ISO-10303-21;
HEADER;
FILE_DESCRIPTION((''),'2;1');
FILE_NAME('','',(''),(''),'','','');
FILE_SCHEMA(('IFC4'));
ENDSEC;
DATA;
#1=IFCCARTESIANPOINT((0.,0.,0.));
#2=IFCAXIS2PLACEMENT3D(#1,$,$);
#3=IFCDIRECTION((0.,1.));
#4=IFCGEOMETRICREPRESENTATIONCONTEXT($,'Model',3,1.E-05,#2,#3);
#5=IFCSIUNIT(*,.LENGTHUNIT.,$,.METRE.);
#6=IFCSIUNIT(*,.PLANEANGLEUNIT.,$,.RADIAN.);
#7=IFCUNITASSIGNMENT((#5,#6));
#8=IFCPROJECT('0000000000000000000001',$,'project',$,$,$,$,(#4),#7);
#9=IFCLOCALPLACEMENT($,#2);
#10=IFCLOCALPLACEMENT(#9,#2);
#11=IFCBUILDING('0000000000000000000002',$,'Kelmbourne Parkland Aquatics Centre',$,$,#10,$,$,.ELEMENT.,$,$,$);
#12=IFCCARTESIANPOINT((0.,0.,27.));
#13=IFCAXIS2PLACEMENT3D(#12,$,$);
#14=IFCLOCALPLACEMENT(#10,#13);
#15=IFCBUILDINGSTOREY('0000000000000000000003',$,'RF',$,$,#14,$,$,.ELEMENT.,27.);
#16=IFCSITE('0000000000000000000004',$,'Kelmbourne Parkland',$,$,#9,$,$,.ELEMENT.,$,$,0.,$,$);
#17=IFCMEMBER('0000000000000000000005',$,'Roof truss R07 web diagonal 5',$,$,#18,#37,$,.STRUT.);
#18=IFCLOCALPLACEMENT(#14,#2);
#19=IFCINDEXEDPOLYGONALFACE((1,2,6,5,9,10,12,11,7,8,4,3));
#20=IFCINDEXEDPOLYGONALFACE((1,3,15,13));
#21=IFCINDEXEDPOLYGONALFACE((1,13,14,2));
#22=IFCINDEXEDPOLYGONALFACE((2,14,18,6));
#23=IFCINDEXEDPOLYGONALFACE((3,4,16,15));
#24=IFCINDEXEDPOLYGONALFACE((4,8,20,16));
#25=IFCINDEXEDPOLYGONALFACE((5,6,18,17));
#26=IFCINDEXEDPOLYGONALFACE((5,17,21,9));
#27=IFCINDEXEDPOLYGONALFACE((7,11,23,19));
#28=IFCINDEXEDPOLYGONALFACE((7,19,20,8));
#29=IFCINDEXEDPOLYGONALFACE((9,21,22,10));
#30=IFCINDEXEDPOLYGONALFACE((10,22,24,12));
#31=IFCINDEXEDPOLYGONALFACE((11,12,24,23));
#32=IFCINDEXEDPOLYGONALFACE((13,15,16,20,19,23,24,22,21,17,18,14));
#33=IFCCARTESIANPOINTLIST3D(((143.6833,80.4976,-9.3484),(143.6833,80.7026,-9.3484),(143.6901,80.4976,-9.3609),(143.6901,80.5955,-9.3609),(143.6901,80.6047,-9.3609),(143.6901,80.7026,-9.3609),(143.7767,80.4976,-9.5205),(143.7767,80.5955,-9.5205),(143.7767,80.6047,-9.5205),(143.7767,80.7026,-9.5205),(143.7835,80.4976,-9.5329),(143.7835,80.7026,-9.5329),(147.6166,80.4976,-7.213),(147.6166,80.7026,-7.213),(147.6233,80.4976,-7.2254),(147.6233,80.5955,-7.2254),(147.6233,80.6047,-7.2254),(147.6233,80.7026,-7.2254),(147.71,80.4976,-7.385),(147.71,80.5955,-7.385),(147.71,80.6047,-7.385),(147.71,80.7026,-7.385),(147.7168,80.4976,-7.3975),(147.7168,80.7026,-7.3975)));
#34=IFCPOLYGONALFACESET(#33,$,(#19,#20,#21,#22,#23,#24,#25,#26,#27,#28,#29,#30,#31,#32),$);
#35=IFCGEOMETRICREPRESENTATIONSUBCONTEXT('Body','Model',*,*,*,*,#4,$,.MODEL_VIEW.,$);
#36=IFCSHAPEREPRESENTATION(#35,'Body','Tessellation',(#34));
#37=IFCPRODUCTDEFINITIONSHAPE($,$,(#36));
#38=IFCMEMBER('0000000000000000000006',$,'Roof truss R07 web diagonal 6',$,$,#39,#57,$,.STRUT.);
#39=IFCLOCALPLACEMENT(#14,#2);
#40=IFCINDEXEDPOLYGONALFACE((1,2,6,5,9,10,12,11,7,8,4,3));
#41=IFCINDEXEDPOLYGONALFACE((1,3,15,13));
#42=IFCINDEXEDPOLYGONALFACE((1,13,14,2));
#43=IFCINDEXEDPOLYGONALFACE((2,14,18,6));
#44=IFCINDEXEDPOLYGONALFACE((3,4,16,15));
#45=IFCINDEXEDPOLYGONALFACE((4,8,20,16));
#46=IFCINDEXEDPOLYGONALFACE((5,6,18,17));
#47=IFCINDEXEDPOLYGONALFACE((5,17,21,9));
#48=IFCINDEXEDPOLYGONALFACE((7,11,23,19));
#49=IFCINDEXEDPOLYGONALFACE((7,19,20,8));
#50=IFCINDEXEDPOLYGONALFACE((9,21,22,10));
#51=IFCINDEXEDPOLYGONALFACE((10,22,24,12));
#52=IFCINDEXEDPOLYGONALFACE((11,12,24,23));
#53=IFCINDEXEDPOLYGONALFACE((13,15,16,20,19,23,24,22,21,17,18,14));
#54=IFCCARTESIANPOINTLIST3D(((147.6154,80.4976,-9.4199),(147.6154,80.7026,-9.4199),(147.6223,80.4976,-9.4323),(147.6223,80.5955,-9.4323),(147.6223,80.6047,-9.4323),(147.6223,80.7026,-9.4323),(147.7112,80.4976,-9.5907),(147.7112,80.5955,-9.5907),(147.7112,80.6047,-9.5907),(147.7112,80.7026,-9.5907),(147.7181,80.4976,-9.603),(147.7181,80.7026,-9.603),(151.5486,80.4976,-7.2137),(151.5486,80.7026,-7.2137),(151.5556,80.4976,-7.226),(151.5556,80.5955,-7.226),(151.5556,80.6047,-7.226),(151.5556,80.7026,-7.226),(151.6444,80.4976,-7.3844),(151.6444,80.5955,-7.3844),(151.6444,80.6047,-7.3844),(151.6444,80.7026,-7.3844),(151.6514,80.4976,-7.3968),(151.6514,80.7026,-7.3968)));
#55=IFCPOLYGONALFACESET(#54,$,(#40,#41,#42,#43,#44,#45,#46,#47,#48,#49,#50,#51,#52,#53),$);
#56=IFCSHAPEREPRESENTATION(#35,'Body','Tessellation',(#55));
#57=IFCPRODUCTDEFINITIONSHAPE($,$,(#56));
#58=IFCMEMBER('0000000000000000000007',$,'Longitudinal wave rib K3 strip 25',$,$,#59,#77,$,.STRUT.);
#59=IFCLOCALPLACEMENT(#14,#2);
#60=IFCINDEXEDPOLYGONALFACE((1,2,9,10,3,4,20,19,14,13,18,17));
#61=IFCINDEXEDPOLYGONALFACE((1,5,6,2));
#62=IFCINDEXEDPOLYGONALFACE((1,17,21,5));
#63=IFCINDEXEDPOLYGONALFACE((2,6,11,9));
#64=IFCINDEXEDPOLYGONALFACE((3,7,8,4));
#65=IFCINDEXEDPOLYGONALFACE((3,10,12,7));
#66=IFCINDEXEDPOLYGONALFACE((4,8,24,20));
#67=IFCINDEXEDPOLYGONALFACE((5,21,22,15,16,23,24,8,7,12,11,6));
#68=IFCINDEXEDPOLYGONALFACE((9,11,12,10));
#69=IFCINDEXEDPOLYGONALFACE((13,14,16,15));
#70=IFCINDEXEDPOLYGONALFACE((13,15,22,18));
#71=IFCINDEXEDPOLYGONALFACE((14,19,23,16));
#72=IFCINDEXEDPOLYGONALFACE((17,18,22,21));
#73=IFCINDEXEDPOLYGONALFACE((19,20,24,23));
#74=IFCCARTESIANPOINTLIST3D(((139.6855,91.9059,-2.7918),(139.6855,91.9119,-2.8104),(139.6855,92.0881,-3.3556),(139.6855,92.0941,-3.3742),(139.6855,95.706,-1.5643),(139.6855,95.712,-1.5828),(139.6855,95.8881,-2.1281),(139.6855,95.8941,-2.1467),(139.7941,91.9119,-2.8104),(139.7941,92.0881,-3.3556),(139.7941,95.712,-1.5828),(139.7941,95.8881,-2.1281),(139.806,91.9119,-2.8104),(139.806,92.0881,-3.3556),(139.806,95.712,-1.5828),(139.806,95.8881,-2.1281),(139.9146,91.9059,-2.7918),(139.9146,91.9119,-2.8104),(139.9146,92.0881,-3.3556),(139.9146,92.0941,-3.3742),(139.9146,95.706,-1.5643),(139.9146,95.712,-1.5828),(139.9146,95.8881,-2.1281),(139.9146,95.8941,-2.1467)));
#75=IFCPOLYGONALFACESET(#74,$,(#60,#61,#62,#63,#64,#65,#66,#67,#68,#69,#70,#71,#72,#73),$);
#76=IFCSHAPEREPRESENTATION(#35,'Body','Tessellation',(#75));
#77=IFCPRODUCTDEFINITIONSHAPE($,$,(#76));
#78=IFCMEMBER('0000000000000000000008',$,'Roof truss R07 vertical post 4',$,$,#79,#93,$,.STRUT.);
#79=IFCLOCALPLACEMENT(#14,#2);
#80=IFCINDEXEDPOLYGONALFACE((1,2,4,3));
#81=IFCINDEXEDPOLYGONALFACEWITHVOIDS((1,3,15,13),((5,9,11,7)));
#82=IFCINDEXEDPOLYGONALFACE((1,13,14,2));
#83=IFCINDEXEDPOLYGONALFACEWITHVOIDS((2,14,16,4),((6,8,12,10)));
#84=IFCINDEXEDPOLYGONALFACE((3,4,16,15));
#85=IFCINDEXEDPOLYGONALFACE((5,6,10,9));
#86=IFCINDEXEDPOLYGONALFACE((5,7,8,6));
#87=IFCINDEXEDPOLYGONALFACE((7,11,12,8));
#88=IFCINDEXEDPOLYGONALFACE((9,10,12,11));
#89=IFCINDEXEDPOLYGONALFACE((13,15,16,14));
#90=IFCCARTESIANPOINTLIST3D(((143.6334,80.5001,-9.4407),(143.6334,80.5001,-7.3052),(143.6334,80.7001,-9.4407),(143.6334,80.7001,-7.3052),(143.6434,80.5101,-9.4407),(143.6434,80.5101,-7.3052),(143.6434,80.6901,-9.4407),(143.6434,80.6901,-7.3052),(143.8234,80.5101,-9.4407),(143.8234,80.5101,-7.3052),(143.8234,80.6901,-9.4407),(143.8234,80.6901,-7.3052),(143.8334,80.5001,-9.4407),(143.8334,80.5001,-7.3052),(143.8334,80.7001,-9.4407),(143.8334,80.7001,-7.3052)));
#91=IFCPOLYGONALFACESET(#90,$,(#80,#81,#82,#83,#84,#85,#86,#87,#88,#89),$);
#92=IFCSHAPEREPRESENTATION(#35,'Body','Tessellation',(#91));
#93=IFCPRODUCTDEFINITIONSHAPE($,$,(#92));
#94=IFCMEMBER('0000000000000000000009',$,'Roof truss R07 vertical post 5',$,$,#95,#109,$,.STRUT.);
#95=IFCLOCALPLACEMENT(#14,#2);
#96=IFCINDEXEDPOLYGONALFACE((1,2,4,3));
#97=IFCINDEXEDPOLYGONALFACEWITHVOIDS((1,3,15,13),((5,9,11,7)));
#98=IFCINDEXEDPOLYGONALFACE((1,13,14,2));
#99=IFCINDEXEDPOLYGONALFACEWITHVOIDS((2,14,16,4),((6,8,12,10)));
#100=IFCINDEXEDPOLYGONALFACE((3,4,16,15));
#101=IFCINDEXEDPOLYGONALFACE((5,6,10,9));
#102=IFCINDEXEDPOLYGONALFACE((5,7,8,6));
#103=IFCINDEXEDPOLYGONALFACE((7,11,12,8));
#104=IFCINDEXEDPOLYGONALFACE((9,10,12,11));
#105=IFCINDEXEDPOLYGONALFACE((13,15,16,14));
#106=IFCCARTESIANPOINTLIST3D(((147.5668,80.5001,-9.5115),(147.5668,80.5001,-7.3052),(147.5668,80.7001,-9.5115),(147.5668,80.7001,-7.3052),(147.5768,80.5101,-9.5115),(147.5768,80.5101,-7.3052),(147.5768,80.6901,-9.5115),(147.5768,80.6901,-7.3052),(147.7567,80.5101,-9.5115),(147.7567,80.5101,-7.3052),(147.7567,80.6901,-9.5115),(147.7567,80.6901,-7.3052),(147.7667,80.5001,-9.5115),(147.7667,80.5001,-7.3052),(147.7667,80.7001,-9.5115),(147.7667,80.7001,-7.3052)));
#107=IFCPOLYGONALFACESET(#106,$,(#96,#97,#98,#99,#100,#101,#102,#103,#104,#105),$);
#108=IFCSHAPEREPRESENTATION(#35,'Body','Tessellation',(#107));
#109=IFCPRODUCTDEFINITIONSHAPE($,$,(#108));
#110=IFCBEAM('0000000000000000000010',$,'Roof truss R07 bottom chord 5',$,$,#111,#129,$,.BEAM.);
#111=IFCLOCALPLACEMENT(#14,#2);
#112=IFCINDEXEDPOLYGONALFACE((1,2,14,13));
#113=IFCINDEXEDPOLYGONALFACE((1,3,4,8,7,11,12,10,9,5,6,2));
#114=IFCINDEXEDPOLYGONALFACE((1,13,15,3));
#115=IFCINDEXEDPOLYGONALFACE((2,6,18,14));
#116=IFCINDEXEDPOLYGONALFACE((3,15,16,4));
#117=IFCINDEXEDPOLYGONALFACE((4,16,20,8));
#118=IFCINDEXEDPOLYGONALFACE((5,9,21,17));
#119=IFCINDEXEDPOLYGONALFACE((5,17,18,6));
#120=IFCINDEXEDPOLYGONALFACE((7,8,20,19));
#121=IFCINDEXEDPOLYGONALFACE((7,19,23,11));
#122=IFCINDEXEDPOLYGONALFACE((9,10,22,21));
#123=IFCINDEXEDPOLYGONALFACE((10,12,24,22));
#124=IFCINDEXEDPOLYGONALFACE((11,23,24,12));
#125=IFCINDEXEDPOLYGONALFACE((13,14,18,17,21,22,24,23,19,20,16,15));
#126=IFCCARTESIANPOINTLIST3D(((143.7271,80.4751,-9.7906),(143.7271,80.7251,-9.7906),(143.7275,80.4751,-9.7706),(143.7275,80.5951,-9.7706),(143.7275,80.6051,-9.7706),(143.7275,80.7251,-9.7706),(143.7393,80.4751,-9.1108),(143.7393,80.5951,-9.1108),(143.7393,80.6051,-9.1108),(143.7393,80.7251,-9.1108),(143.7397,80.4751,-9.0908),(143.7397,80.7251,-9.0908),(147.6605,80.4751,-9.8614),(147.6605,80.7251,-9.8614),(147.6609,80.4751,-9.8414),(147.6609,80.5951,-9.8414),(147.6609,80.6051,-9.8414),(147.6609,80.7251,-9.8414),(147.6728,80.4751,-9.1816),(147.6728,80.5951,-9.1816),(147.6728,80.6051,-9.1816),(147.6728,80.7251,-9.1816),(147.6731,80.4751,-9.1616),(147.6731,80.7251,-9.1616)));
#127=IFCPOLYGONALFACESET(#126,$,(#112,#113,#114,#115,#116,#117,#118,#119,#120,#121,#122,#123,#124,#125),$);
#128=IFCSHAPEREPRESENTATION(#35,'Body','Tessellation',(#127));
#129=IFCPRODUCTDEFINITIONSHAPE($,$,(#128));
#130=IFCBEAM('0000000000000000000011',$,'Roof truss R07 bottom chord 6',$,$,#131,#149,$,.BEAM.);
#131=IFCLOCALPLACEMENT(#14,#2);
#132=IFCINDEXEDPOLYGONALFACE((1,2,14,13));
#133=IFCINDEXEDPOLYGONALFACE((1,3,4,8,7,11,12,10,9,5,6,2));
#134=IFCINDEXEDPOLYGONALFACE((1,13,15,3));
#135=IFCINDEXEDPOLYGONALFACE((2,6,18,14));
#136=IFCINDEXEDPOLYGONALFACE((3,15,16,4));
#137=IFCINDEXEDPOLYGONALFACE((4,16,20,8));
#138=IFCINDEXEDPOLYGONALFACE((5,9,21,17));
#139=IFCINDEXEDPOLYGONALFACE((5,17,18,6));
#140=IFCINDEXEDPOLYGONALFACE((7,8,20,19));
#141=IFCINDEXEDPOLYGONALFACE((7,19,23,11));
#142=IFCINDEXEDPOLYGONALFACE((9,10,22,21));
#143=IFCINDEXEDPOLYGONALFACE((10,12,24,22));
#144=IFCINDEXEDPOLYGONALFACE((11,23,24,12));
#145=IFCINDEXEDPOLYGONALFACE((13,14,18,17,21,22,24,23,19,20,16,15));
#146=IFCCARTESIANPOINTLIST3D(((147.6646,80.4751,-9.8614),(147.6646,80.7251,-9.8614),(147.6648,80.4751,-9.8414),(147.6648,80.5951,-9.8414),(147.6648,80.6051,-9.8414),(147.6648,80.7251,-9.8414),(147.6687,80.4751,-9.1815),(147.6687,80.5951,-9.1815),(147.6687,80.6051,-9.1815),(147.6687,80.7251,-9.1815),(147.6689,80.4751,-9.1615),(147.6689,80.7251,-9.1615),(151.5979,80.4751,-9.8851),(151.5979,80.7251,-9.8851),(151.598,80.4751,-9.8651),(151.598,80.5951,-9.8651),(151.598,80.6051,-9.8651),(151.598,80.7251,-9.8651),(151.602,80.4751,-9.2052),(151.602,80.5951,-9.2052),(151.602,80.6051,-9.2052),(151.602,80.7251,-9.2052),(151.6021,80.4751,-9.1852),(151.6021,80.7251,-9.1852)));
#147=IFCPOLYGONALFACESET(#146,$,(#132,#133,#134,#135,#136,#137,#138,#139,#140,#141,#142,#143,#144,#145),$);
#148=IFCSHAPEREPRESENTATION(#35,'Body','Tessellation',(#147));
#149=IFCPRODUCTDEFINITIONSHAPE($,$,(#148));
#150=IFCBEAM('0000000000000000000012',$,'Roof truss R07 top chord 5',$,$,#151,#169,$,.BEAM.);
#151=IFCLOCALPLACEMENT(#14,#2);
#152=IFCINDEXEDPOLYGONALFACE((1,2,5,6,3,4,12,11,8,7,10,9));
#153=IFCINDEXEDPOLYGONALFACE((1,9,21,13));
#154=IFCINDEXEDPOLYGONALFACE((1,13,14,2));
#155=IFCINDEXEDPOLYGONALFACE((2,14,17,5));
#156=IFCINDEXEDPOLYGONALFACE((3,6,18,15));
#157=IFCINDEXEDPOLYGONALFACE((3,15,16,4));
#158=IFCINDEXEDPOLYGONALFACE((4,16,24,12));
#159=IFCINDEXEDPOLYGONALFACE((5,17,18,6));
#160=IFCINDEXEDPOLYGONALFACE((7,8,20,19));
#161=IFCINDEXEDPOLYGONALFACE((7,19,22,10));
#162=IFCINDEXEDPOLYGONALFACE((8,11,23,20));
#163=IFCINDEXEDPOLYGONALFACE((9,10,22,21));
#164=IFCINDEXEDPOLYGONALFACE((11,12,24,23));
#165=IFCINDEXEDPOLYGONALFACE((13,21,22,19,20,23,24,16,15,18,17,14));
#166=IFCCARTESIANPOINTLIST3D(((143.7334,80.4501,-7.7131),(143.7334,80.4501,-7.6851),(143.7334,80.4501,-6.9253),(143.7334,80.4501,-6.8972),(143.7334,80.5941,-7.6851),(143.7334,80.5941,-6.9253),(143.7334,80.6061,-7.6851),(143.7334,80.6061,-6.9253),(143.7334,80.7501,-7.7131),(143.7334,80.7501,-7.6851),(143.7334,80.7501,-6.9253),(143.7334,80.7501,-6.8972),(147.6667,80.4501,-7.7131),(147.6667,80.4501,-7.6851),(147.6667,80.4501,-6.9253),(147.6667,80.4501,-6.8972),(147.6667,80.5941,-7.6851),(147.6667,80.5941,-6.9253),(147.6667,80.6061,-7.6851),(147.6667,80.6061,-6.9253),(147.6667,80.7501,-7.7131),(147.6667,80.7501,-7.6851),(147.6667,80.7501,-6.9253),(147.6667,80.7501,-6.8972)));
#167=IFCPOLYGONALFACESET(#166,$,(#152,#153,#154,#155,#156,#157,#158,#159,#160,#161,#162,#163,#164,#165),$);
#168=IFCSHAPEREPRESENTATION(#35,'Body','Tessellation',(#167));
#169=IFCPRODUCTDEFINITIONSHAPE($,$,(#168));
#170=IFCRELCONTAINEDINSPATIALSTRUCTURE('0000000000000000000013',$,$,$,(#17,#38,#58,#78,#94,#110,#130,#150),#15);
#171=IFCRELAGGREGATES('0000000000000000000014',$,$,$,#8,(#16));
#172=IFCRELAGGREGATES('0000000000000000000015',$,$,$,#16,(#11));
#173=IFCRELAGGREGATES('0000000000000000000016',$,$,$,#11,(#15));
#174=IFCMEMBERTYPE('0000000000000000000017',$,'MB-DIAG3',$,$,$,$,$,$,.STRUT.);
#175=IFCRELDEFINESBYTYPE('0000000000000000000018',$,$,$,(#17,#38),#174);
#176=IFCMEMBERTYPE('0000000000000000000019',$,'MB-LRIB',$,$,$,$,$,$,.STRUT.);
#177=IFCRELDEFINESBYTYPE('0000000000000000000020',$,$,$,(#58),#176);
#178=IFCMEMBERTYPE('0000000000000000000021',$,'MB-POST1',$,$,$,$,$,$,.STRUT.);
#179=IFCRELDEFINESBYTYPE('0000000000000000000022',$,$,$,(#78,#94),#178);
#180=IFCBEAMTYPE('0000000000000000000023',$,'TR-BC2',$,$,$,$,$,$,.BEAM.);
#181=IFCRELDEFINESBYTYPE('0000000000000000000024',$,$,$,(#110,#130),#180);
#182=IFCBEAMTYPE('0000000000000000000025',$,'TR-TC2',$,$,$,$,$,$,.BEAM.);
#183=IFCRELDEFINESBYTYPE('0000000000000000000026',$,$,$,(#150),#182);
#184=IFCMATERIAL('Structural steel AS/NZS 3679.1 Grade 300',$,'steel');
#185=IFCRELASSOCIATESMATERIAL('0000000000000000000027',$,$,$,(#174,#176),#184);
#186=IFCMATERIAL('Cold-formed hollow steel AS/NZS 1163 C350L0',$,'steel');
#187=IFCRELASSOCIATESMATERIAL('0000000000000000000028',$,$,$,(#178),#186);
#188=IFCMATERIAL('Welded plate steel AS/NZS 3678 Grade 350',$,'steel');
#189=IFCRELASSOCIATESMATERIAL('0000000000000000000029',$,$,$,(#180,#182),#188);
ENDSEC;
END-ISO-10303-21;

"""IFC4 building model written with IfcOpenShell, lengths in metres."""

from ifc_helpers import new_model, si_unit, direction, frame, origin, origin_2d, place, context, subcontext, project, spatial, hollow_rectangle, i_section, extrude, material, material_profile, profile_set, type_object, element, save


model = new_model("IFC4")

# Units and contexts
model_context = context("Model", 3, precision=1e-05, world=origin(), true_north=direction((0.0, 1.0)))
body_context = subcontext(model_context, "Body", "Model", "MODEL_VIEW")
ifc_project = project(units=[si_unit("LENGTHUNIT", "METRE"), si_unit("PLANEANGLEUNIT", "RADIAN")], contexts=[model_context])

# Site, building, storey
site_placement = place(None, origin())
site = spatial("IfcSite", under=ifc_project, at=site_placement, Name="Kelmbourne Parkland", CompositionType="ELEMENT", RefElevation=0.0)
building_placement = place(site_placement, origin())
building = spatial("IfcBuilding", under=site, at=building_placement, Name="Kelmbourne Parkland Aquatics Centre", CompositionType="ELEMENT")
storey_placement = place(building_placement, frame((0.0, 0.0, 27.0)))
storey = spatial("IfcBuildingStorey", under=building, at=storey_placement, Name="RF", CompositionType="ELEMENT", Elevation=27.0)

# Members
ifc_material_1 = material(Name="Structural steel AS/NZS 3679.1 Grade 300", Category="steel")
ifc_material_profile_1 = material_profile(ifc_material_1, i_section(OverallWidth=0.2051, OverallDepth=0.21, WebThickness=0.0093, FlangeThickness=0.0142, at=origin_2d()), Name="200UC59.5")
ifc_profile_set_1 = profile_set([ifc_material_profile_1], Name="Structural steel AS/NZS 3679.1 Grade 300")
member_type_1 = type_object("IfcMemberType", Name="MB-DIAG3", PredefinedType="STRUT", material=ifc_profile_set_1)
member_1_placement = place(storey_placement, frame((143.7334, 80.6001, -9.4407), z_axis=(0.87883, 0.0, 0.477135), x_axis=(0.0, 1.0, 0.0)))
element("IfcMember", 1, at=member_1_placement, inside=storey, type_object=member_type_1, Name="Roof truss R07 web diagonal 5", PredefinedType="STRUT", context=body_context, shape_type="SweptSolid", body=[
    extrude(i_section(OverallWidth=0.2051, OverallDepth=0.21, WebThickness=0.0093, FlangeThickness=0.0142, at=origin_2d()), origin(), (0.0, 0.0, 1.0), 4.4756),
])
member_2_placement = place(storey_placement, frame((147.6667, 80.6001, -9.5115), z_axis=(0.872163, 0.0, 0.489215), x_axis=(0.0, 1.0, 0.0)))
element("IfcMember", 2, at=member_2_placement, inside=storey, type_object=member_type_1, Name="Roof truss R07 web diagonal 6", PredefinedType="STRUT", context=body_context, shape_type="SweptSolid", body=[
    extrude(i_section(OverallWidth=0.2051, OverallDepth=0.21, WebThickness=0.0093, FlangeThickness=0.0142, at=origin_2d()), origin(), (0.0, 0.0, 1.0), 4.5098),
])
ifc_material_profile_2 = material_profile(ifc_material_1, i_section(OverallWidth=0.229, OverallDepth=0.6121, WebThickness=0.012, FlangeThickness=0.0195, at=origin_2d()), Name="610UB125")
ifc_profile_set_2 = profile_set([ifc_material_profile_2], Name="Structural steel AS/NZS 3679.1 Grade 300")
member_type_2 = type_object("IfcMemberType", Name="MB-LRIB", PredefinedType="STRUT", material=ifc_profile_set_2)
member_3_placement = place(storey_placement, frame((139.8, 92.0, -3.083), z_axis=(0.0, 0.951583, 0.307392), x_axis=(-1.0, 0.0, 0.0)))
element("IfcMember", 3, at=member_3_placement, inside=storey, type_object=member_type_2, Name="Longitudinal wave rib K3 strip 25", PredefinedType="STRUT", context=body_context, shape_type="SweptSolid", body=[
    extrude(i_section(OverallWidth=0.229, OverallDepth=0.6121, WebThickness=0.012, FlangeThickness=0.0195, at=origin_2d()), origin(), (0.0, 0.0, 1.0), 3.9934),
])
ifc_material_2 = material(Name="Cold-formed hollow steel AS/NZS 1163 C350L0", Category="steel")
ifc_material_profile_3 = material_profile(ifc_material_2, hollow_rectangle(XDim=0.2, YDim=0.2, WallThickness=0.01, at=origin_2d()), Name="SHS 200x200x10.0")
ifc_profile_set_3 = profile_set([ifc_material_profile_3], Name="Cold-formed hollow steel AS/NZS 1163 C350L0")
member_type_3 = type_object("IfcMemberType", Name="MB-POST1", PredefinedType="STRUT", material=ifc_profile_set_3)
member_4_placement = place(storey_placement, frame((143.7334, 80.6001, -9.4407), z_axis=(0.0, 0.0, 1.0), x_axis=(1.0, 0.0, 0.0)))
element("IfcMember", 4, at=member_4_placement, inside=storey, type_object=member_type_3, Name="Roof truss R07 vertical post 4", PredefinedType="STRUT", context=body_context, shape_type="SweptSolid", body=[
    extrude(hollow_rectangle(XDim=0.2, YDim=0.2, WallThickness=0.01, at=origin_2d()), origin(), (0.0, 0.0, 1.0), 2.1355),
])
member_5_placement = place(storey_placement, frame((147.6667, 80.6001, -9.5115), z_axis=(0.0, 0.0, 1.0), x_axis=(1.0, 0.0, 0.0)))
element("IfcMember", 5, at=member_5_placement, inside=storey, type_object=member_type_3, Name="Roof truss R07 vertical post 5", PredefinedType="STRUT", context=body_context, shape_type="SweptSolid", body=[
    extrude(hollow_rectangle(XDim=0.2, YDim=0.2, WallThickness=0.01, at=origin_2d()), origin(), (0.0, 0.0, 1.0), 2.2063),
])

# Beams
ifc_material_3 = material(Name="Welded plate steel AS/NZS 3678 Grade 350", Category="steel")
ifc_material_profile_4 = material_profile(ifc_material_3, i_section(OverallWidth=0.25, OverallDepth=0.7, WebThickness=0.01, FlangeThickness=0.02, at=origin_2d()), Name="700WB130")
ifc_profile_set_4 = profile_set([ifc_material_profile_4], Name="Welded plate steel AS/NZS 3678 Grade 350")
beam_type_1 = type_object("IfcBeamType", Name="TR-BC2", PredefinedType="BEAM", material=ifc_profile_set_4)
beam_1_placement = place(storey_placement, frame((143.7334, 80.6001, -9.4407), z_axis=(0.999838, 0.0, -0.017997), x_axis=(0.0, 1.0, 0.0)))
element("IfcBeam", 6, at=beam_1_placement, inside=storey, type_object=beam_type_1, Name="Roof truss R07 bottom chord 5", PredefinedType="BEAM", context=body_context, shape_type="SweptSolid", body=[
    extrude(i_section(OverallWidth=0.25, OverallDepth=0.7, WebThickness=0.01, FlangeThickness=0.02, at=origin_2d()), origin(), (0.0, 0.0, 1.0), 3.9341),
])
beam_2_placement = place(storey_placement, frame((147.6667, 80.6001, -9.5115), z_axis=(0.999982, 0.0, -0.006021), x_axis=(0.0, 1.0, 0.0)))
element("IfcBeam", 7, at=beam_2_placement, inside=storey, type_object=beam_type_1, Name="Roof truss R07 bottom chord 6", PredefinedType="BEAM", context=body_context, shape_type="SweptSolid", body=[
    extrude(i_section(OverallWidth=0.25, OverallDepth=0.7, WebThickness=0.01, FlangeThickness=0.02, at=origin_2d()), origin(), (0.0, 0.0, 1.0), 3.9333),
])
ifc_material_profile_5 = material_profile(ifc_material_3, i_section(OverallWidth=0.3, OverallDepth=0.8159, WebThickness=0.012, FlangeThickness=0.0281, at=origin_2d()), Name="800WB192")
ifc_profile_set_5 = profile_set([ifc_material_profile_5], Name="Welded plate steel AS/NZS 3678 Grade 350")
beam_type_2 = type_object("IfcBeamType", Name="TR-TC2", PredefinedType="BEAM", material=ifc_profile_set_5)
for number, where, z_axis, x_axis, name in (
    (8, (143.7334, 80.6001, -7.3052), (1.0, 0.0, 0.0), (0.0, 1.0, 0.0), "Roof truss R07 top chord 5"),
):
    element("IfcBeam", number, at=place(storey_placement, frame(where, z_axis=z_axis, x_axis=x_axis)), inside=storey, type_object=beam_type_2, Name=name, PredefinedType="BEAM", context=body_context, shape_type="SweptSolid", body=[
        extrude(i_section(OverallWidth=0.3, OverallDepth=0.8159, WebThickness=0.012, FlangeThickness=0.0281, at=origin_2d()), origin(), (0.0, 0.0, 1.0), 3.9333),
    ])

save(model, "model.ifc")
